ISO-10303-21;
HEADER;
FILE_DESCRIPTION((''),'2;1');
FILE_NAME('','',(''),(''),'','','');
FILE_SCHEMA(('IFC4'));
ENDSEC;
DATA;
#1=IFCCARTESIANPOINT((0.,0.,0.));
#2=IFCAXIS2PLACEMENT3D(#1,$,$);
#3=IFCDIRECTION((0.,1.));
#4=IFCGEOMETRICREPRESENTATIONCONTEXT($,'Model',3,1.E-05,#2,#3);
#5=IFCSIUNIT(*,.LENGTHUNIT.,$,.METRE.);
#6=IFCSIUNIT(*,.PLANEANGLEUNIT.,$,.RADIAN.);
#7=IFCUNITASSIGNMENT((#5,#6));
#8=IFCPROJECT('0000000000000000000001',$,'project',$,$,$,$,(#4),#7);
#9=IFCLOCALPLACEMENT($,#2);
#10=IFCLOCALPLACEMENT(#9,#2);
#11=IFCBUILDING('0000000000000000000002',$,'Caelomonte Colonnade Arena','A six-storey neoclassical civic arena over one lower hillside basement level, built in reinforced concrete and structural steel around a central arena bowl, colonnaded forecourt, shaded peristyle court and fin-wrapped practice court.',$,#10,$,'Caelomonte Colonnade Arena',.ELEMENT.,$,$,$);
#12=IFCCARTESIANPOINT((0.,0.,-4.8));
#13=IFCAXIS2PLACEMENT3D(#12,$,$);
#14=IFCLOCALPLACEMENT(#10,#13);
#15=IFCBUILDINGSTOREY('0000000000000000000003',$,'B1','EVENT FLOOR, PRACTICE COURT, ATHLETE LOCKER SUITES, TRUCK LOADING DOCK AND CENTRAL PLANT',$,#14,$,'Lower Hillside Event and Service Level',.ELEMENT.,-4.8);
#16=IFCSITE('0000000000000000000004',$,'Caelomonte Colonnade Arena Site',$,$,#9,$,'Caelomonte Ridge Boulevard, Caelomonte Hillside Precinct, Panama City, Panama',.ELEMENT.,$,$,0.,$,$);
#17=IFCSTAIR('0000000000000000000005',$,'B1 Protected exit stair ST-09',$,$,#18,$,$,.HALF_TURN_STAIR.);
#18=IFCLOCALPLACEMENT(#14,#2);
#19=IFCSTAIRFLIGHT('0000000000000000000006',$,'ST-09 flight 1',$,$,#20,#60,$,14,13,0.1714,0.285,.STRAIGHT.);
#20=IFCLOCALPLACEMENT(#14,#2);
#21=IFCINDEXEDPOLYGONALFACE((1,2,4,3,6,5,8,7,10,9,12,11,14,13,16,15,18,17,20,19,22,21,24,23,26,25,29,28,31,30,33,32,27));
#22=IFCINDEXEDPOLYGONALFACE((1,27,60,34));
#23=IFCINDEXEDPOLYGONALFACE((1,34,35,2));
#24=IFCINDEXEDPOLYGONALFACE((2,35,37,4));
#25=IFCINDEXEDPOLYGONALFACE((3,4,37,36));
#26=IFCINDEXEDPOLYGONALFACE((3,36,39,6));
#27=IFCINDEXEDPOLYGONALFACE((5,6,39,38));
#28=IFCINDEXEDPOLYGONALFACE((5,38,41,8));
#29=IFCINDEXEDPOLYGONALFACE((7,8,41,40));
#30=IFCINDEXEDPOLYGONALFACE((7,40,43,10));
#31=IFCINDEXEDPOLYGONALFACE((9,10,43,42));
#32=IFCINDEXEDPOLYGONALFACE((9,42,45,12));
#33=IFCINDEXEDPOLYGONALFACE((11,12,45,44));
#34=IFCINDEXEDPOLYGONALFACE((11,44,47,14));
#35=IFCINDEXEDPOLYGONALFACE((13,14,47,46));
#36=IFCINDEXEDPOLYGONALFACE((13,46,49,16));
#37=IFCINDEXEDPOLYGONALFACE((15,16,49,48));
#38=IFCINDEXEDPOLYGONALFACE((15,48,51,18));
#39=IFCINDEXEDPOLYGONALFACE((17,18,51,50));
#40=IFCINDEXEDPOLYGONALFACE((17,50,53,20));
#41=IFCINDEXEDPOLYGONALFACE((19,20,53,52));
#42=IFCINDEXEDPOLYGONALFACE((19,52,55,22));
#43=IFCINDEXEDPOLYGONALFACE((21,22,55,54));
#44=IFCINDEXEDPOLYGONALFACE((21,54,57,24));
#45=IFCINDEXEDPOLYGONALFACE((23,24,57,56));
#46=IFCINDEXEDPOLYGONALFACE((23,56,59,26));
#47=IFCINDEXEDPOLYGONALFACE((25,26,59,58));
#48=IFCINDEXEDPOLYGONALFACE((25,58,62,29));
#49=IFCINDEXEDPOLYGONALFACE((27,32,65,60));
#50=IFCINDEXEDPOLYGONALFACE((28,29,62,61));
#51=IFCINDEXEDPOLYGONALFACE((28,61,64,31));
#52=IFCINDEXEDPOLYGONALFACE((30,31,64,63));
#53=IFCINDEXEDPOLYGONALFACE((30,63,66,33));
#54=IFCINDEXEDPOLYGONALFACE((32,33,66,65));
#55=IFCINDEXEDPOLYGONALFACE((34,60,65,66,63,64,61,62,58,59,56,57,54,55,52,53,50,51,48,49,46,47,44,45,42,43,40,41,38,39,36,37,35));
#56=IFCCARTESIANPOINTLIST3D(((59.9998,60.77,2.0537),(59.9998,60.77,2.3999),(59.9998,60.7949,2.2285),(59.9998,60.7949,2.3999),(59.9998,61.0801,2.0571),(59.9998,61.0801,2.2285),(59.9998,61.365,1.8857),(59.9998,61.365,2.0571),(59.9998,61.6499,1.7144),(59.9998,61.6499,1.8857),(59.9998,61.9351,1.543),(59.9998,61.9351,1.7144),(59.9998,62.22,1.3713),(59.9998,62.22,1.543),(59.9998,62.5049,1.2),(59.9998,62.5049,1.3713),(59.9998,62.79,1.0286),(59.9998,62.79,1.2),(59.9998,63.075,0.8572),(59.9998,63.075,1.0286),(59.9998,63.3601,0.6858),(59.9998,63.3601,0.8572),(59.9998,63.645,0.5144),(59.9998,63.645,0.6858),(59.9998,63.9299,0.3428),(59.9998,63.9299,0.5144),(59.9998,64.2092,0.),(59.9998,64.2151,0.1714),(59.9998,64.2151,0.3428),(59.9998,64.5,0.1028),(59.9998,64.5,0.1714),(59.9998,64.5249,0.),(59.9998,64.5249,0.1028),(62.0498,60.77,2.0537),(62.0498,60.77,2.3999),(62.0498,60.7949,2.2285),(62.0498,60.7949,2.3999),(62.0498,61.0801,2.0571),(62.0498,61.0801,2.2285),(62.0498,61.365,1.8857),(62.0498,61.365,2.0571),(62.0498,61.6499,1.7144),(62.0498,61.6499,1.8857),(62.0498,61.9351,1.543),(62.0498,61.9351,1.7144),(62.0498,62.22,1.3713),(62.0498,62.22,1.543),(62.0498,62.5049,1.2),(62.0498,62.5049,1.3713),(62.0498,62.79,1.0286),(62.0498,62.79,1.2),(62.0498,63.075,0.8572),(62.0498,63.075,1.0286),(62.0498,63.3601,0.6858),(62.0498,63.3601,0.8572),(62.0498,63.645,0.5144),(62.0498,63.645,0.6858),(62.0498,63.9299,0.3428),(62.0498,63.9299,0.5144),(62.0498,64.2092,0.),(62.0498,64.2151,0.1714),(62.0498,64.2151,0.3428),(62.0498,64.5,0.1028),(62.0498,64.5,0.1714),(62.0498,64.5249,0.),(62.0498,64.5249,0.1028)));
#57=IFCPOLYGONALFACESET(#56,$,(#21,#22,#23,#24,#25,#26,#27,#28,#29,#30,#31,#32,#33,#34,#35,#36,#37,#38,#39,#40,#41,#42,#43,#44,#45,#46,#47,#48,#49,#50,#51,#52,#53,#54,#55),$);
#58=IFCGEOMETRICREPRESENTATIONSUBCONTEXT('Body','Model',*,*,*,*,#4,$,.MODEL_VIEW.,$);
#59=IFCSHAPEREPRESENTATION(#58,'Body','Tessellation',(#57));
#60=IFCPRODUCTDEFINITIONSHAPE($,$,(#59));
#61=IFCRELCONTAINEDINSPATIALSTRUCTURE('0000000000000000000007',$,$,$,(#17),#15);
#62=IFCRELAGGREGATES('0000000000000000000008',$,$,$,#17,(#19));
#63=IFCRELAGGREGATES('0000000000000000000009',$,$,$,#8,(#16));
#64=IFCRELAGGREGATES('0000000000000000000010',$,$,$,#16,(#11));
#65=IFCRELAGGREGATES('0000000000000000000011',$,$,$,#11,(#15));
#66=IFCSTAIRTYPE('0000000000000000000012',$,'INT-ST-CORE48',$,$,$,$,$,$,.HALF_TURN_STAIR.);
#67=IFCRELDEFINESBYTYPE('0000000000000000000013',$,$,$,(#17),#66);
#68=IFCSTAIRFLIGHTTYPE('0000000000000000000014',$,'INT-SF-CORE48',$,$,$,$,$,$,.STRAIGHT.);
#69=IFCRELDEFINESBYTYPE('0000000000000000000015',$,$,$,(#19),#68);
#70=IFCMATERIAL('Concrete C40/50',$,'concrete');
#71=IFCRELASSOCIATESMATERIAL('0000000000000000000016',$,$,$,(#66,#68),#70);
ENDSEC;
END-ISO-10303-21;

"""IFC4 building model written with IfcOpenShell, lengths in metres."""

from ifc_helpers import new_model, si_unit, direction, frame, origin, place, context, subcontext, project, spatial, polyline, outline, extrude, material, type_object, element, aggregate, save


model = new_model("IFC4")

# Units and contexts
model_context = context("Model", 3, precision=1e-05, world=origin(), true_north=direction((0.0, 1.0)))
body_context = subcontext(model_context, "Body", "Model", "MODEL_VIEW")
ifc_project = project(units=[si_unit("LENGTHUNIT", "METRE"), si_unit("PLANEANGLEUNIT", "RADIAN")], contexts=[model_context])

# Site, building, storey
site_placement = place(None, origin())
site = spatial("IfcSite", under=ifc_project, at=site_placement, Name="Caelomonte Colonnade Arena Site", LongName="Caelomonte Ridge Boulevard, Caelomonte Hillside Precinct, Panama City, Panama", CompositionType="ELEMENT", RefElevation=0.0)
building_placement = place(site_placement, origin())
building = spatial("IfcBuilding", under=site, at=building_placement, Name="Caelomonte Colonnade Arena", Description="A six-storey neoclassical civic arena over one lower hillside basement level, built in reinforced concrete and structural steel around a central arena bowl, colonnaded forecourt, shaded peristyle court and fin-wrapped practice court.", LongName="Caelomonte Colonnade Arena", CompositionType="ELEMENT")
storey_placement = place(building_placement, frame((0.0, 0.0, -4.8)))
storey = spatial("IfcBuildingStorey", under=building, at=storey_placement, Name="B1", Description="EVENT FLOOR, PRACTICE COURT, ATHLETE LOCKER SUITES, TRUCK LOADING DOCK AND CENTRAL PLANT", LongName="Lower Hillside Event and Service Level", CompositionType="ELEMENT", Elevation=-4.8)

# Shared definitions
ifc_material_1 = material(Name="Concrete C40/50", Category="concrete")

# Stair, stair flight
stair_type = type_object("IfcStairType", Name="INT-ST-CORE48", PredefinedType="HALF_TURN_STAIR", material=ifc_material_1)
stair_placement = place(storey_placement, origin())
stair = element("IfcStair", 1, at=stair_placement, inside=storey, type_object=stair_type, Name="B1 Protected exit stair ST-09", PredefinedType="HALF_TURN_STAIR")
stair_flight_type = type_object("IfcStairFlightType", Name="INT-SF-CORE48", PredefinedType="STRAIGHT", material=ifc_material_1)
stair_flight_placement = place(storey_placement, frame((61.0249, 64.5, 0.0), z_axis=(0.0, 0.0, 1.0), x_axis=(0.0, -1.0, 0.0)))
stair_flight = element("IfcStairFlight", 2, at=stair_flight_placement, type_object=stair_flight_type, Name="ST-09 flight 1", NumberOfRisers=14, NumberOfTreads=13, PredefinedType="STRAIGHT", RiserHeight=0.1714, TreadLength=0.285, context=body_context, shape_type="SweptSolid", body=[
    extrude(outline(polyline([(-0.0249, 0.0), (-0.0249, 0.1028), (0.0, 0.1028), (0.0, 0.1714), (0.2849, 0.1714), (0.2849, 0.3428), (0.5701, 0.3428), (0.5701, 0.5144), (0.855, 0.5144), (0.855, 0.6858), (1.1399, 0.6858), (1.1399, 0.8572), (1.425, 0.8572), (1.425, 1.0286), (1.71, 1.0286), (1.71, 1.2), (1.9951, 1.2), (1.9951, 1.3713), (2.28, 1.3713), (2.28, 1.543), (2.5649, 1.543), (2.5649, 1.7144), (2.8501, 1.7144), (2.8501, 1.8857), (3.135, 1.8857), (3.135, 2.0571), (3.4199, 2.0571), (3.4199, 2.2285), (3.7051, 2.2285), (3.7051, 2.3999), (3.73, 2.3999), (3.73, 2.0537), (0.2908, 0.0), (-0.0249, 0.0)])), frame((0.0, 1.0249, 0.0), z_axis=(0.0, -1.0, 0.0), x_axis=(1.0, 0.0, 0.0)), (0.0, 0.0, 1.0), 2.05),
])
aggregate(stair, [stair_flight])

save(model, "model.ifc")
